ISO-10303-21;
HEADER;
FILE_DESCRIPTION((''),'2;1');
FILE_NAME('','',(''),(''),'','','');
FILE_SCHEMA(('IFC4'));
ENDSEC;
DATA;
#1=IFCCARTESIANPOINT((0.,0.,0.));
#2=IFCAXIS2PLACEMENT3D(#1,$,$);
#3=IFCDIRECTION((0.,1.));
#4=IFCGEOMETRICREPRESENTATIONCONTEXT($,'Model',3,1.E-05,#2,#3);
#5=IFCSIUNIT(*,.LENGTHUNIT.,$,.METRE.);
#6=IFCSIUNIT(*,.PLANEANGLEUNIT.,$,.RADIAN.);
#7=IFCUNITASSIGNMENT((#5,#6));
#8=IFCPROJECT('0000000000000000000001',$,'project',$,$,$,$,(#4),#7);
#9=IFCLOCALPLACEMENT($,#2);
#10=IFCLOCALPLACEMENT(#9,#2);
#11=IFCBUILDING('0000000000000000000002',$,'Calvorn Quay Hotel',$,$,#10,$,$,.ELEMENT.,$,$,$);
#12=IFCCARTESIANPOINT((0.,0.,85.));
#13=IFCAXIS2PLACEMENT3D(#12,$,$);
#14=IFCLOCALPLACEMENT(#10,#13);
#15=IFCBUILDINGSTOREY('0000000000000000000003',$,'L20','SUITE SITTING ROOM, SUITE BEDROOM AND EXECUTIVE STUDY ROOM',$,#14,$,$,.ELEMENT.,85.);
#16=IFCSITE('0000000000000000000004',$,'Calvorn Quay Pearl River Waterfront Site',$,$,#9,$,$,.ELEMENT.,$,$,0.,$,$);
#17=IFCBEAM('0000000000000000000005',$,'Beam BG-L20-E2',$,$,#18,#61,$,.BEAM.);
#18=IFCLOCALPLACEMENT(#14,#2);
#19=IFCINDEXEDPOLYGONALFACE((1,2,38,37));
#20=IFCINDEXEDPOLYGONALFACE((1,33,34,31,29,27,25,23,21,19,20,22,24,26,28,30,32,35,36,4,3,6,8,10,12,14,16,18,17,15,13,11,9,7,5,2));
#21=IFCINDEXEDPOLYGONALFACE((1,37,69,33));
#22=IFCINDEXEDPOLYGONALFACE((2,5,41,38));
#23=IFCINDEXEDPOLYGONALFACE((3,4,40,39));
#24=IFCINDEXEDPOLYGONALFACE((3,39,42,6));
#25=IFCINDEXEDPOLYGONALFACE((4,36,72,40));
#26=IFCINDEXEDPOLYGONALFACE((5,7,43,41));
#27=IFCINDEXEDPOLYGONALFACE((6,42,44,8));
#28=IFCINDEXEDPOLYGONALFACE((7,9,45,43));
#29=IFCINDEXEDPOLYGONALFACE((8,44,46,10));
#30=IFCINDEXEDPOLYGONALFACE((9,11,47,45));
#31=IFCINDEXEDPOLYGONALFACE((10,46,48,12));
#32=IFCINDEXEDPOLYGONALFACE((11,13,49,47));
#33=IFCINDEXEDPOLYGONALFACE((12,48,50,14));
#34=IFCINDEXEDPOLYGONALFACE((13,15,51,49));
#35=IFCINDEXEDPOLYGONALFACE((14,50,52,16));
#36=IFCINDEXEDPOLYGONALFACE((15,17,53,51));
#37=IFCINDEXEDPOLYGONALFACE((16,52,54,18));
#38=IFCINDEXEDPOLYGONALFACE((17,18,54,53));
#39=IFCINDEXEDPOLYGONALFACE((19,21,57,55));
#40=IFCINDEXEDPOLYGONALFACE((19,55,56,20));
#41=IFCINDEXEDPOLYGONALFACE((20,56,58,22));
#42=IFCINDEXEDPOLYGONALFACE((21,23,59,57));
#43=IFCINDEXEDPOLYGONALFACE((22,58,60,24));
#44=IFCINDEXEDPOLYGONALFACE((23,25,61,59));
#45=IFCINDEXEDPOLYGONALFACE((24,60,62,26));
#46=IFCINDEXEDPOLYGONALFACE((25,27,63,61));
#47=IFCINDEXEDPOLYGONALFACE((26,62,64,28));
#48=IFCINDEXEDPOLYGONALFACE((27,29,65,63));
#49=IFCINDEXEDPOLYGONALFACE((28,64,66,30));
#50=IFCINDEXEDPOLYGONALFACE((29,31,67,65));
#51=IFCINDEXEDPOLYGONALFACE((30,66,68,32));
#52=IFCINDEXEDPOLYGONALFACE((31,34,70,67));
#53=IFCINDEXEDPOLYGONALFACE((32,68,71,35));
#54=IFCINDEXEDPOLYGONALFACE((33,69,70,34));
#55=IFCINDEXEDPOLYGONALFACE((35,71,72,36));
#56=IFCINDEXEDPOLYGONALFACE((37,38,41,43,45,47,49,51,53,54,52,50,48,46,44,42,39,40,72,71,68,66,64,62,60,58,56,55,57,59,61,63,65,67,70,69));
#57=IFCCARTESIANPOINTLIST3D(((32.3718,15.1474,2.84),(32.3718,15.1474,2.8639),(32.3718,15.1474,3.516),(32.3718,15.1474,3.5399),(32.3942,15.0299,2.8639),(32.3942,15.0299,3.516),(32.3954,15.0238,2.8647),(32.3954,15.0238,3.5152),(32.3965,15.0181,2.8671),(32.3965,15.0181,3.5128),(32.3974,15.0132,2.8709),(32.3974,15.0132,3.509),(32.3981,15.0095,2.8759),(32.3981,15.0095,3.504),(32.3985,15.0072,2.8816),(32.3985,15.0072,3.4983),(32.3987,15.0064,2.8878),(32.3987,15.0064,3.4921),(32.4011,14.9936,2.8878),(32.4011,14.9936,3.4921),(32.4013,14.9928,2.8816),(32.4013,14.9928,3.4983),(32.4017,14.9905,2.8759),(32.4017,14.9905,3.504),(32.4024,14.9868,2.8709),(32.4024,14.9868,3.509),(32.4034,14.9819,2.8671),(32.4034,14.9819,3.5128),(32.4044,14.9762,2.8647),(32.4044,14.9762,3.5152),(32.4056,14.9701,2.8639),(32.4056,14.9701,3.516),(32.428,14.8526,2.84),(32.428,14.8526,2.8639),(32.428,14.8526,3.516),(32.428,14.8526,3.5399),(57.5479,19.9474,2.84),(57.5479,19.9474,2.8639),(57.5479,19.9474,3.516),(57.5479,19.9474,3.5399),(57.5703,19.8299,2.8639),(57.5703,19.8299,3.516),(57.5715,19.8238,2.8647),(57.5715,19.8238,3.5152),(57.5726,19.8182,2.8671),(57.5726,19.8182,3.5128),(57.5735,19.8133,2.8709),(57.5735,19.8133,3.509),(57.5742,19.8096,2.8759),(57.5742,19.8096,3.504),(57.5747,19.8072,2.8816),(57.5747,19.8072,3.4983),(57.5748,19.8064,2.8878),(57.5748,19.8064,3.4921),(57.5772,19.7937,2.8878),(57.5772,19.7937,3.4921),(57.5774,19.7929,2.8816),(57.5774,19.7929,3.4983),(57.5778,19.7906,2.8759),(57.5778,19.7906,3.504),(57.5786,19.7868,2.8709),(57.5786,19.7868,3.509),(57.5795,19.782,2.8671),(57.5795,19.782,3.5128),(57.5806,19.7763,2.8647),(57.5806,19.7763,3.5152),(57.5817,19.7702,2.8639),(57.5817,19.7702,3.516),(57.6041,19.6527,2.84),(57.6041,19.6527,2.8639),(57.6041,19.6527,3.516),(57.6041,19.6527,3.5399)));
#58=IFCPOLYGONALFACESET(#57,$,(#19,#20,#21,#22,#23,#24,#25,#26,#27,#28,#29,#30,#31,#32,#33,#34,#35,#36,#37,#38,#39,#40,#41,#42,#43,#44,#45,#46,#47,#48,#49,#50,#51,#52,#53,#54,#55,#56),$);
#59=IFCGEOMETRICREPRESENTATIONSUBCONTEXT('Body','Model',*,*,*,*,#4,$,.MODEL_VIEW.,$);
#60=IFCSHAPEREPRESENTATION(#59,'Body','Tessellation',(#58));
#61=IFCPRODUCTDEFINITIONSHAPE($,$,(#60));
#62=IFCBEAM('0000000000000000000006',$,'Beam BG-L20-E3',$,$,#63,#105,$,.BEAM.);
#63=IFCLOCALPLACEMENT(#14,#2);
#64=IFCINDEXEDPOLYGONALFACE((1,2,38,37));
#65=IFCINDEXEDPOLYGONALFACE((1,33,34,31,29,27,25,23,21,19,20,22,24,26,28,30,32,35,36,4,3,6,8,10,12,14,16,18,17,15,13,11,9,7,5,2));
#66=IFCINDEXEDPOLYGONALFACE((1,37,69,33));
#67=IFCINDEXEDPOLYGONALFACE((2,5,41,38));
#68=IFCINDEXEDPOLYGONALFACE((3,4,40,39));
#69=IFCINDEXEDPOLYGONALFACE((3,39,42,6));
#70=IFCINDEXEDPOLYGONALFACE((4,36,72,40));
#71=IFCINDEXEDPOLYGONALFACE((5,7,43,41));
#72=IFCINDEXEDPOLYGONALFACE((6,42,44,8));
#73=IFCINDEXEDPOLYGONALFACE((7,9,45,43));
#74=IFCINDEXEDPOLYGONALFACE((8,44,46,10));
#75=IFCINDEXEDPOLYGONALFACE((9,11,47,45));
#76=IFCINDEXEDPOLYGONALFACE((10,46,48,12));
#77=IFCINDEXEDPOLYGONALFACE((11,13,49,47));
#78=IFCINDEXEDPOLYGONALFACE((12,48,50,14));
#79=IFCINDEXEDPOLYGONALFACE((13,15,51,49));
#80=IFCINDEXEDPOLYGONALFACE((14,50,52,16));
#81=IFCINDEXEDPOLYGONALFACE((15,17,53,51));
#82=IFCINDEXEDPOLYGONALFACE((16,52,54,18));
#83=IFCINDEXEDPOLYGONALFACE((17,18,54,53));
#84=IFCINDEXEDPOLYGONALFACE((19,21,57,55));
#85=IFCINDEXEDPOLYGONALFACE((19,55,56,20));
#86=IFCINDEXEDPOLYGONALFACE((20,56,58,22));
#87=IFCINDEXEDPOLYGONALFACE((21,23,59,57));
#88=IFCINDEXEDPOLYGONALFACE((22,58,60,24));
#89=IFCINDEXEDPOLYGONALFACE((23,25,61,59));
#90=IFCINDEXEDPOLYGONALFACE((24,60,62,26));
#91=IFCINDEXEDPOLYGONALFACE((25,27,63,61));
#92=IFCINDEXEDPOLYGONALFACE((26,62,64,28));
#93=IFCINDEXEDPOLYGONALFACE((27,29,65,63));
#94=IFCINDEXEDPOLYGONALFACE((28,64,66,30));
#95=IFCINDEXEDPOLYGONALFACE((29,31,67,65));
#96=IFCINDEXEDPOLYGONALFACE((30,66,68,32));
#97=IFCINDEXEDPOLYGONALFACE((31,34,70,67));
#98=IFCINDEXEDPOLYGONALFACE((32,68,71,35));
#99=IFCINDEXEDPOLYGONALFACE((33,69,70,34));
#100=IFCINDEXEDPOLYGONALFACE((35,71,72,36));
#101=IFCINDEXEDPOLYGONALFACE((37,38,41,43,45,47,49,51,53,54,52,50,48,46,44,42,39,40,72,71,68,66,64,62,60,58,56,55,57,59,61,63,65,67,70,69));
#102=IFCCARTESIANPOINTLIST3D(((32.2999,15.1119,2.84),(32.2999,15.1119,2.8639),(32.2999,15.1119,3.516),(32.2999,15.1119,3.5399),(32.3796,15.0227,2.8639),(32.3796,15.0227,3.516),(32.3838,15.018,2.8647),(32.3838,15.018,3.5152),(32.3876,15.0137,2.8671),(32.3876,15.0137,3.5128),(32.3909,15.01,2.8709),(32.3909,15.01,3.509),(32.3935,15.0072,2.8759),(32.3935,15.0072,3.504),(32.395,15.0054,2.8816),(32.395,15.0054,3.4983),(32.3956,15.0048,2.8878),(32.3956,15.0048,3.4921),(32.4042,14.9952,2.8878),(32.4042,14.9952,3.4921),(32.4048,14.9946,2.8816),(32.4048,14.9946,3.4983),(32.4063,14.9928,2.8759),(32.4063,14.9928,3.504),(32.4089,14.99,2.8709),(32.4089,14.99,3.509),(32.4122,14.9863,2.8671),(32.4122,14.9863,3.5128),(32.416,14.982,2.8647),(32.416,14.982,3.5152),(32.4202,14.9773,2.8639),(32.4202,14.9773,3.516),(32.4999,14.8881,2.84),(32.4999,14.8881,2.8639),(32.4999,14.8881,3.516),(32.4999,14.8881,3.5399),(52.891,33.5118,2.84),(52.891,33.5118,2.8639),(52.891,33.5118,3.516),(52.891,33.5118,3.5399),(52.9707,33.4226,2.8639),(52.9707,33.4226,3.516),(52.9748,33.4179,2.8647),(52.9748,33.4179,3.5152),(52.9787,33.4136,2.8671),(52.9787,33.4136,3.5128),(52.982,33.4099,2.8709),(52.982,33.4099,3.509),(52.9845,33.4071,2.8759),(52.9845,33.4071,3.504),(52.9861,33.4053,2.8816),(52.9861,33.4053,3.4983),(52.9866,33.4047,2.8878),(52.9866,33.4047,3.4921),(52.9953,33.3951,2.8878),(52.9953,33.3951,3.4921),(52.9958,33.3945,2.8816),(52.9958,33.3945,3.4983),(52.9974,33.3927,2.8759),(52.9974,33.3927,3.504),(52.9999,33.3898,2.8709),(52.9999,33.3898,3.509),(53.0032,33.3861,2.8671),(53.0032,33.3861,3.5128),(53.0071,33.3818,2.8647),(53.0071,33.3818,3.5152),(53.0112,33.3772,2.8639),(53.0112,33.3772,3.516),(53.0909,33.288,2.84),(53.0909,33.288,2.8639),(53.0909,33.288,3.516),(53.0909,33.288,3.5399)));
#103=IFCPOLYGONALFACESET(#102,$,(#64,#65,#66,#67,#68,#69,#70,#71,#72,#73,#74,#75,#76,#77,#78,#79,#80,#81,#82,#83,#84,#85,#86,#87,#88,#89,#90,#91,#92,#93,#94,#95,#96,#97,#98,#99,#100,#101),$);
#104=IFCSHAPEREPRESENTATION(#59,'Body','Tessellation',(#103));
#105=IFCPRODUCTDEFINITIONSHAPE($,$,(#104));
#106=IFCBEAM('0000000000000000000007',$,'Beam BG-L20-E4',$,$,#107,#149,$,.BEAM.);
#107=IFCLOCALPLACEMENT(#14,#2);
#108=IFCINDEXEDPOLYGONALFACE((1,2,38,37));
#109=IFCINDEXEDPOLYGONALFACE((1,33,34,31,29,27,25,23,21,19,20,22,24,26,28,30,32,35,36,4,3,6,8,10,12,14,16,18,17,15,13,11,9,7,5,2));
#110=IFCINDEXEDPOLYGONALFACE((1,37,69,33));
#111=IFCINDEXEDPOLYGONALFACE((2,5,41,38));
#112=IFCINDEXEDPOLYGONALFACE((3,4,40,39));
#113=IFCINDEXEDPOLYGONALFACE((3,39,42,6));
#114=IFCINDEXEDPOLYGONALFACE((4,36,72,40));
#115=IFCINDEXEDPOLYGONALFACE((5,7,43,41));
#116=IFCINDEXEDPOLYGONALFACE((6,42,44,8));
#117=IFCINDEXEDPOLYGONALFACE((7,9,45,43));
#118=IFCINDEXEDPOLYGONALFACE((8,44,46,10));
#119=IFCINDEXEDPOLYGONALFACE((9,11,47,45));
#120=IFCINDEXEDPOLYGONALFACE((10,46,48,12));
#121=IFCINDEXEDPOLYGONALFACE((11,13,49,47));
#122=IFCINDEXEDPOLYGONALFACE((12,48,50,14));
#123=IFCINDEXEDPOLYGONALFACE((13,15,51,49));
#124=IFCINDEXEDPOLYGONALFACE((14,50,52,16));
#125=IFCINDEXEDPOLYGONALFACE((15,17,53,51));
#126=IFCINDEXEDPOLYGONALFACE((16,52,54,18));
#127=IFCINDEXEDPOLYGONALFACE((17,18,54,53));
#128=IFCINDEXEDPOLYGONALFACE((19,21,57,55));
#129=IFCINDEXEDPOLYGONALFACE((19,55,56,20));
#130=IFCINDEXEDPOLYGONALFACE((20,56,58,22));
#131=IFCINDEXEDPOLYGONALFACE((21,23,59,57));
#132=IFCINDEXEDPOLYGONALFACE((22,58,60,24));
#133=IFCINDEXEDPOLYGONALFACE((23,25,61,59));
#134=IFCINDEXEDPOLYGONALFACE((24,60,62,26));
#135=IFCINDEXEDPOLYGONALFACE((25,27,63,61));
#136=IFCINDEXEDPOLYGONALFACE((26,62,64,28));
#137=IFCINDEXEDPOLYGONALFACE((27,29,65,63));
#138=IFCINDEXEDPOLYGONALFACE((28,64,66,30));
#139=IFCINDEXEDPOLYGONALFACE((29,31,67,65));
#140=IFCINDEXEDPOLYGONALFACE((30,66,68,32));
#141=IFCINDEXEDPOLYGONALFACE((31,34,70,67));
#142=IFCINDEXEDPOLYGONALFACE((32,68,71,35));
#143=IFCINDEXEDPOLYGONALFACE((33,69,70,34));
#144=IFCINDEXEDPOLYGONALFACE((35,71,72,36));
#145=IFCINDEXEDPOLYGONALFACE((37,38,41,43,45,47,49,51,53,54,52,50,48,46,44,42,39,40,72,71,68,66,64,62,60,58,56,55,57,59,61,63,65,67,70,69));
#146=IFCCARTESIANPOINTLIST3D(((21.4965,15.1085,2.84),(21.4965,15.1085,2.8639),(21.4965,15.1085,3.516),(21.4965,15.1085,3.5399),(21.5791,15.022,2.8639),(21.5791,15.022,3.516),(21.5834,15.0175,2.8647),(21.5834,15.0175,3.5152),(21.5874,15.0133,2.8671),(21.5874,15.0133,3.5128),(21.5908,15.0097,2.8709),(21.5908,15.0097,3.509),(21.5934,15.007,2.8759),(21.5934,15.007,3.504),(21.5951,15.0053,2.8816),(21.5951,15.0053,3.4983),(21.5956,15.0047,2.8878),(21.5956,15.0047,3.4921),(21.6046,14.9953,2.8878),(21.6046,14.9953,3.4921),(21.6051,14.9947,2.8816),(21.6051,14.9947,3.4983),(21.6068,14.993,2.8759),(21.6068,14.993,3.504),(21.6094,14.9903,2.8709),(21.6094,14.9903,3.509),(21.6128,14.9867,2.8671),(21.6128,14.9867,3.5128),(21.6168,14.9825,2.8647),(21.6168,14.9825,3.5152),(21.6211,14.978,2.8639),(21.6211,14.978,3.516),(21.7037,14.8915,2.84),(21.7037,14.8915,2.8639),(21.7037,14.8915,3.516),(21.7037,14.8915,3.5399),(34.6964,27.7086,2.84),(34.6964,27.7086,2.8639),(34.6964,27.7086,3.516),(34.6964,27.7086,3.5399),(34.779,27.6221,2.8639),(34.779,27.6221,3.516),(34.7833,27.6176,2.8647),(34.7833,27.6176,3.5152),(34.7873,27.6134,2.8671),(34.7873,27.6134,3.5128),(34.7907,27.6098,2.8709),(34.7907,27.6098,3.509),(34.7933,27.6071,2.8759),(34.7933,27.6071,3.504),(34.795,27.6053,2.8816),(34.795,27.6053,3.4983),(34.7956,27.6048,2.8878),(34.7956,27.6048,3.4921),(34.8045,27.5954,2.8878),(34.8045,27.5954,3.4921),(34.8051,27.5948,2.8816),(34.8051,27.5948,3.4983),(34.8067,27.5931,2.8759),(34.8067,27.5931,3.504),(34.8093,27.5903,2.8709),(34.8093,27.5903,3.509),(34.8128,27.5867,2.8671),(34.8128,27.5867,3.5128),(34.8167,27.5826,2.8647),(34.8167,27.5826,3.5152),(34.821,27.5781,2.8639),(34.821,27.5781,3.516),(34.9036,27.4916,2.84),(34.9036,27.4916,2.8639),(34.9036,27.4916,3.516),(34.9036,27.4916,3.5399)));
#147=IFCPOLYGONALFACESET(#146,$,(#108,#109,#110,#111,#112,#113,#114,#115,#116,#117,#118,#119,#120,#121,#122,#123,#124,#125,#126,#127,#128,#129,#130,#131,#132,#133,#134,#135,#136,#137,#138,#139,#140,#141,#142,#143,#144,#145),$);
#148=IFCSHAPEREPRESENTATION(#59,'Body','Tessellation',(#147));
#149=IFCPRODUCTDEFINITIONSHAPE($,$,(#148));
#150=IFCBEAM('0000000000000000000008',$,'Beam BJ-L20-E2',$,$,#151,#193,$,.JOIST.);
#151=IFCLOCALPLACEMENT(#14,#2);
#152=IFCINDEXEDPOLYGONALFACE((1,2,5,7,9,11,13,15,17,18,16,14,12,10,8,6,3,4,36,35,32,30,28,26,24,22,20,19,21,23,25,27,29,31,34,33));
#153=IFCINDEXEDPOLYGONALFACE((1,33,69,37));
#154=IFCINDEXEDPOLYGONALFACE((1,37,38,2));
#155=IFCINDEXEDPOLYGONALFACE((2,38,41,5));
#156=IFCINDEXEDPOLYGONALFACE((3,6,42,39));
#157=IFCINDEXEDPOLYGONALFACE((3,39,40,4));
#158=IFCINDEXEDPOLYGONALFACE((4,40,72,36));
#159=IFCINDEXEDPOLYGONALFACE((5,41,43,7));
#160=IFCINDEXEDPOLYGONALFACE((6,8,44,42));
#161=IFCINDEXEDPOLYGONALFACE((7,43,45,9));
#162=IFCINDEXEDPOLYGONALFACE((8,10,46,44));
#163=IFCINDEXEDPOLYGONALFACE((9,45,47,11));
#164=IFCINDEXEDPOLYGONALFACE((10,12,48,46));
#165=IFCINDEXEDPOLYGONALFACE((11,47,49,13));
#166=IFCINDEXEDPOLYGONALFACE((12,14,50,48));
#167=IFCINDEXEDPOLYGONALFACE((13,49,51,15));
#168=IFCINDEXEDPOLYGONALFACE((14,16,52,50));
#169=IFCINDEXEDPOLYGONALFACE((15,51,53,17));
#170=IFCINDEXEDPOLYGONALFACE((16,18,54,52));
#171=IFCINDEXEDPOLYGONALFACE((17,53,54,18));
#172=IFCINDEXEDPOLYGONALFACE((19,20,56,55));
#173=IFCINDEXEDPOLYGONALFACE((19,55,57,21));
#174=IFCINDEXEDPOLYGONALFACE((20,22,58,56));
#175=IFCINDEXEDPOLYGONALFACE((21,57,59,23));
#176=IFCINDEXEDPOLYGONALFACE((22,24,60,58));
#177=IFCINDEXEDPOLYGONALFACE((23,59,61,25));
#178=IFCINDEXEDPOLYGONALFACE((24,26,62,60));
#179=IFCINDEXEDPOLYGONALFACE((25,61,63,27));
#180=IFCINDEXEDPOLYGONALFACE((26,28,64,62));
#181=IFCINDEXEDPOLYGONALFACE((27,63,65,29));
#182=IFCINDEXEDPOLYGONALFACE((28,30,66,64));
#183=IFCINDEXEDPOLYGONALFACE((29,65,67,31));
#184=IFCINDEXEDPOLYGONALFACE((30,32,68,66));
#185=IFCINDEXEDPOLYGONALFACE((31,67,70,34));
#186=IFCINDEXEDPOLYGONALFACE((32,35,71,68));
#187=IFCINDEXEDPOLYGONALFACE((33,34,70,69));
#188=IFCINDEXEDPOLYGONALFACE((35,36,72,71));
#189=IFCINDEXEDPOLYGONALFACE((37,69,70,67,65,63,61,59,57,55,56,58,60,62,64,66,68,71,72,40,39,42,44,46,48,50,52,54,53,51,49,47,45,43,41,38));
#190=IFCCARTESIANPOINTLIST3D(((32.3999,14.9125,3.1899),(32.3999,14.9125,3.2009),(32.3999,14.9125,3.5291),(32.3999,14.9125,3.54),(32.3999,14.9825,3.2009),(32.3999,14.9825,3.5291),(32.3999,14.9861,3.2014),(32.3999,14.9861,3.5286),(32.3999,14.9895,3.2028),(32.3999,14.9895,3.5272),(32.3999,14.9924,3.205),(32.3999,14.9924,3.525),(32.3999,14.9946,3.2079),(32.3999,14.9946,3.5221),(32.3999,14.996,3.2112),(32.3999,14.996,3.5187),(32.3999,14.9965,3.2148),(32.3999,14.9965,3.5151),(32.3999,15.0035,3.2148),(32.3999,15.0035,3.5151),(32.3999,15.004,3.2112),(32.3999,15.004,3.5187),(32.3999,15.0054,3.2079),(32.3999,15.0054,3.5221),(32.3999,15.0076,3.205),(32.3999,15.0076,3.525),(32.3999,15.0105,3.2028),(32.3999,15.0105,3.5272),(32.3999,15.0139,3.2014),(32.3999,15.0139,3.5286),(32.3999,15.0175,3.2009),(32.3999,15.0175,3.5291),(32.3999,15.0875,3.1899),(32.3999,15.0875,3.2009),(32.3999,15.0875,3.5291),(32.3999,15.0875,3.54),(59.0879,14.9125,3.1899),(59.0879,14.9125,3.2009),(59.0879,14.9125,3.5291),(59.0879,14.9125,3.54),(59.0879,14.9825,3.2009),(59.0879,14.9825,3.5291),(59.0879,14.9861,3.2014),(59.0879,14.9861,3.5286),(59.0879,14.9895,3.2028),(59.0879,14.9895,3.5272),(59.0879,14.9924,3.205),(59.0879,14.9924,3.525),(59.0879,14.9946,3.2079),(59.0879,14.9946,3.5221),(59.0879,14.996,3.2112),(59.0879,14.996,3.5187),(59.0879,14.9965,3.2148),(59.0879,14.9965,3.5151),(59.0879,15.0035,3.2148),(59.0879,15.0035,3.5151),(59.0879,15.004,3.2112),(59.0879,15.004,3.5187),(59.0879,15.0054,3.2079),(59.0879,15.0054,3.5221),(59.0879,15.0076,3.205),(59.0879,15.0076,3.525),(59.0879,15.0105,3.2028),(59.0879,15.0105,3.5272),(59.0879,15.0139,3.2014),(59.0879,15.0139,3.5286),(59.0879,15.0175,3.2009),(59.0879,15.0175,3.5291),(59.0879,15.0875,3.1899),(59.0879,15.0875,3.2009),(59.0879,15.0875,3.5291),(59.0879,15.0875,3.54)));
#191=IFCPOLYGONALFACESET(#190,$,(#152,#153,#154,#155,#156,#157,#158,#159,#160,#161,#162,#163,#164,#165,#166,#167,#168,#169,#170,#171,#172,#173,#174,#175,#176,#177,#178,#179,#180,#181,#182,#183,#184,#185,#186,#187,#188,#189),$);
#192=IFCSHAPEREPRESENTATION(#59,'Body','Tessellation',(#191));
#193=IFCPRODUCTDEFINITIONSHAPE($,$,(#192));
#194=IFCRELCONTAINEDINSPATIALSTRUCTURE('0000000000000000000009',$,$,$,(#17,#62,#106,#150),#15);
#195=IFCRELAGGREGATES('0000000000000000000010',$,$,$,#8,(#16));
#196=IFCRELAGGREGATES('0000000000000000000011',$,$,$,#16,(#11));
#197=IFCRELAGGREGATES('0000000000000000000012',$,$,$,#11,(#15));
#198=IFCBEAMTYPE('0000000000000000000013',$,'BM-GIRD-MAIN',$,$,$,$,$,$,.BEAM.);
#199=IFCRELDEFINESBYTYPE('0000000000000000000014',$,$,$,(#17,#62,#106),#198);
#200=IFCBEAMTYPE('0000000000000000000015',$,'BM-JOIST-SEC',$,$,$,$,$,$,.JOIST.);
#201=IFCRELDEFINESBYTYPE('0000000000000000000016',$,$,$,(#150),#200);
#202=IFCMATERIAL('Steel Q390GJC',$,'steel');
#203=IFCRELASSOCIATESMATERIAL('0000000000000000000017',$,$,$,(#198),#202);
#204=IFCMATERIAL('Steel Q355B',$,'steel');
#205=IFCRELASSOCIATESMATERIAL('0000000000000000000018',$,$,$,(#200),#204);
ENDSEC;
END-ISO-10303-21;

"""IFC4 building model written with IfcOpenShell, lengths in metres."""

from ifc_helpers import new_model, si_unit, direction, frame, origin, origin_2d, place, context, subcontext, project, spatial, i_section, extrude, material, material_profile, profile_set, type_object, element, save


model = new_model("IFC4")

# Units and contexts
model_context = context("Model", 3, precision=1e-05, world=origin(), true_north=direction((0.0, 1.0)))
body_context = subcontext(model_context, "Body", "Model", "MODEL_VIEW")
ifc_project = project(units=[si_unit("LENGTHUNIT", "METRE"), si_unit("PLANEANGLEUNIT", "RADIAN")], contexts=[model_context])

# Site, building, storey
site_placement = place(None, origin())
site = spatial("IfcSite", under=ifc_project, at=site_placement, Name="Calvorn Quay Pearl River Waterfront Site", CompositionType="ELEMENT", RefElevation=0.0)
building_placement = place(site_placement, origin())
building = spatial("IfcBuilding", under=site, at=building_placement, Name="Calvorn Quay Hotel", CompositionType="ELEMENT")
storey_placement = place(building_placement, frame((0.0, 0.0, 85.0)))
storey = spatial("IfcBuildingStorey", under=building, at=storey_placement, Name="L20", Description="SUITE SITTING ROOM, SUITE BEDROOM AND EXECUTIVE STUDY ROOM", CompositionType="ELEMENT", Elevation=85.0)

# Beams
ifc_material_1 = material(Name="Steel Q390GJC", Category="steel")
ifc_material_profile_1 = material_profile(ifc_material_1, i_section(OverallWidth=0.3, OverallDepth=0.7, WebThickness=0.0129, FlangeThickness=0.0239, FilletRadius=0.0239, at=origin_2d()), Name="HN700x300x13x24")
ifc_profile_set_1 = profile_set([ifc_material_profile_1], Name="Steel Q390GJC")
beam_type_1 = type_object("IfcBeamType", Name="BM-GIRD-MAIN", PredefinedType="BEAM", material=ifc_profile_set_1)
beam_1_placement = place(storey_placement, frame((32.3999, 15.0, 3.1899), z_axis=(0.982305, 0.187286, 0.0), x_axis=(-0.187286, 0.982305, 0.0)))
element("IfcBeam", 1, at=beam_1_placement, inside=storey, type_object=beam_type_1, Name="Beam BG-L20-E2", PredefinedType="BEAM", context=body_context, shape_type="SweptSolid", body=[
    extrude(i_section(OverallWidth=0.3, OverallDepth=0.7, WebThickness=0.0129, FlangeThickness=0.0239, FilletRadius=0.0239, at=origin_2d()), origin(), (0.0, 0.0, 1.0), 25.6296),
])
beam_2_placement = place(storey_placement, frame((32.3999, 15.0, 3.1899), z_axis=(0.745667, 0.666318, 0.0), x_axis=(-0.666318, 0.745667, 0.0)))
element("IfcBeam", 2, at=beam_2_placement, inside=storey, type_object=beam_type_1, Name="Beam BG-L20-E3", PredefinedType="BEAM", context=body_context, shape_type="SweptSolid", body=[
    extrude(i_section(OverallWidth=0.3, OverallDepth=0.7, WebThickness=0.0129, FlangeThickness=0.0239, FilletRadius=0.0239, at=origin_2d()), origin(), (0.0, 0.0, 1.0), 27.6143),
])
beam_3_placement = place(storey_placement, frame((21.6001, 15.0, 3.1899), z_axis=(0.723352, 0.69048, 0.0), x_axis=(-0.69048, 0.723352, 0.0)))
element("IfcBeam", 3, at=beam_3_placement, inside=storey, type_object=beam_type_1, Name="Beam BG-L20-E4", PredefinedType="BEAM", context=body_context, shape_type="SweptSolid", body=[
    extrude(i_section(OverallWidth=0.3, OverallDepth=0.7, WebThickness=0.0129, FlangeThickness=0.0239, FilletRadius=0.0239, at=origin_2d()), origin(), (0.0, 0.0, 1.0), 18.2483),
])
ifc_material_2 = material(Name="Steel Q355B", Category="steel")
ifc_material_profile_2 = material_profile(ifc_material_2, i_section(OverallWidth=0.175, OverallDepth=0.3501, WebThickness=0.0071, FlangeThickness=0.011, FilletRadius=0.0139, at=origin_2d()), Name="HN350x175x7x11")
ifc_profile_set_2 = profile_set([ifc_material_profile_2], Name="Steel Q355B")
beam_type_2 = type_object("IfcBeamType", Name="BM-JOIST-SEC", PredefinedType="JOIST", material=ifc_profile_set_2)
beam_4_placement = place(storey_placement, frame((32.3999, 15.0, 3.365), z_axis=(1.0, 0.0, 0.0), x_axis=(0.0, 1.0, 0.0)))
element("IfcBeam", 4, at=beam_4_placement, inside=storey, type_object=beam_type_2, Name="Beam BJ-L20-E2", PredefinedType="JOIST", context=body_context, shape_type="SweptSolid", body=[
    extrude(i_section(OverallWidth=0.175, OverallDepth=0.3501, WebThickness=0.0071, FlangeThickness=0.011, FilletRadius=0.0139, at=origin_2d()), origin(), (0.0, 0.0, 1.0), 26.688),
])

save(model, "model.ifc")
